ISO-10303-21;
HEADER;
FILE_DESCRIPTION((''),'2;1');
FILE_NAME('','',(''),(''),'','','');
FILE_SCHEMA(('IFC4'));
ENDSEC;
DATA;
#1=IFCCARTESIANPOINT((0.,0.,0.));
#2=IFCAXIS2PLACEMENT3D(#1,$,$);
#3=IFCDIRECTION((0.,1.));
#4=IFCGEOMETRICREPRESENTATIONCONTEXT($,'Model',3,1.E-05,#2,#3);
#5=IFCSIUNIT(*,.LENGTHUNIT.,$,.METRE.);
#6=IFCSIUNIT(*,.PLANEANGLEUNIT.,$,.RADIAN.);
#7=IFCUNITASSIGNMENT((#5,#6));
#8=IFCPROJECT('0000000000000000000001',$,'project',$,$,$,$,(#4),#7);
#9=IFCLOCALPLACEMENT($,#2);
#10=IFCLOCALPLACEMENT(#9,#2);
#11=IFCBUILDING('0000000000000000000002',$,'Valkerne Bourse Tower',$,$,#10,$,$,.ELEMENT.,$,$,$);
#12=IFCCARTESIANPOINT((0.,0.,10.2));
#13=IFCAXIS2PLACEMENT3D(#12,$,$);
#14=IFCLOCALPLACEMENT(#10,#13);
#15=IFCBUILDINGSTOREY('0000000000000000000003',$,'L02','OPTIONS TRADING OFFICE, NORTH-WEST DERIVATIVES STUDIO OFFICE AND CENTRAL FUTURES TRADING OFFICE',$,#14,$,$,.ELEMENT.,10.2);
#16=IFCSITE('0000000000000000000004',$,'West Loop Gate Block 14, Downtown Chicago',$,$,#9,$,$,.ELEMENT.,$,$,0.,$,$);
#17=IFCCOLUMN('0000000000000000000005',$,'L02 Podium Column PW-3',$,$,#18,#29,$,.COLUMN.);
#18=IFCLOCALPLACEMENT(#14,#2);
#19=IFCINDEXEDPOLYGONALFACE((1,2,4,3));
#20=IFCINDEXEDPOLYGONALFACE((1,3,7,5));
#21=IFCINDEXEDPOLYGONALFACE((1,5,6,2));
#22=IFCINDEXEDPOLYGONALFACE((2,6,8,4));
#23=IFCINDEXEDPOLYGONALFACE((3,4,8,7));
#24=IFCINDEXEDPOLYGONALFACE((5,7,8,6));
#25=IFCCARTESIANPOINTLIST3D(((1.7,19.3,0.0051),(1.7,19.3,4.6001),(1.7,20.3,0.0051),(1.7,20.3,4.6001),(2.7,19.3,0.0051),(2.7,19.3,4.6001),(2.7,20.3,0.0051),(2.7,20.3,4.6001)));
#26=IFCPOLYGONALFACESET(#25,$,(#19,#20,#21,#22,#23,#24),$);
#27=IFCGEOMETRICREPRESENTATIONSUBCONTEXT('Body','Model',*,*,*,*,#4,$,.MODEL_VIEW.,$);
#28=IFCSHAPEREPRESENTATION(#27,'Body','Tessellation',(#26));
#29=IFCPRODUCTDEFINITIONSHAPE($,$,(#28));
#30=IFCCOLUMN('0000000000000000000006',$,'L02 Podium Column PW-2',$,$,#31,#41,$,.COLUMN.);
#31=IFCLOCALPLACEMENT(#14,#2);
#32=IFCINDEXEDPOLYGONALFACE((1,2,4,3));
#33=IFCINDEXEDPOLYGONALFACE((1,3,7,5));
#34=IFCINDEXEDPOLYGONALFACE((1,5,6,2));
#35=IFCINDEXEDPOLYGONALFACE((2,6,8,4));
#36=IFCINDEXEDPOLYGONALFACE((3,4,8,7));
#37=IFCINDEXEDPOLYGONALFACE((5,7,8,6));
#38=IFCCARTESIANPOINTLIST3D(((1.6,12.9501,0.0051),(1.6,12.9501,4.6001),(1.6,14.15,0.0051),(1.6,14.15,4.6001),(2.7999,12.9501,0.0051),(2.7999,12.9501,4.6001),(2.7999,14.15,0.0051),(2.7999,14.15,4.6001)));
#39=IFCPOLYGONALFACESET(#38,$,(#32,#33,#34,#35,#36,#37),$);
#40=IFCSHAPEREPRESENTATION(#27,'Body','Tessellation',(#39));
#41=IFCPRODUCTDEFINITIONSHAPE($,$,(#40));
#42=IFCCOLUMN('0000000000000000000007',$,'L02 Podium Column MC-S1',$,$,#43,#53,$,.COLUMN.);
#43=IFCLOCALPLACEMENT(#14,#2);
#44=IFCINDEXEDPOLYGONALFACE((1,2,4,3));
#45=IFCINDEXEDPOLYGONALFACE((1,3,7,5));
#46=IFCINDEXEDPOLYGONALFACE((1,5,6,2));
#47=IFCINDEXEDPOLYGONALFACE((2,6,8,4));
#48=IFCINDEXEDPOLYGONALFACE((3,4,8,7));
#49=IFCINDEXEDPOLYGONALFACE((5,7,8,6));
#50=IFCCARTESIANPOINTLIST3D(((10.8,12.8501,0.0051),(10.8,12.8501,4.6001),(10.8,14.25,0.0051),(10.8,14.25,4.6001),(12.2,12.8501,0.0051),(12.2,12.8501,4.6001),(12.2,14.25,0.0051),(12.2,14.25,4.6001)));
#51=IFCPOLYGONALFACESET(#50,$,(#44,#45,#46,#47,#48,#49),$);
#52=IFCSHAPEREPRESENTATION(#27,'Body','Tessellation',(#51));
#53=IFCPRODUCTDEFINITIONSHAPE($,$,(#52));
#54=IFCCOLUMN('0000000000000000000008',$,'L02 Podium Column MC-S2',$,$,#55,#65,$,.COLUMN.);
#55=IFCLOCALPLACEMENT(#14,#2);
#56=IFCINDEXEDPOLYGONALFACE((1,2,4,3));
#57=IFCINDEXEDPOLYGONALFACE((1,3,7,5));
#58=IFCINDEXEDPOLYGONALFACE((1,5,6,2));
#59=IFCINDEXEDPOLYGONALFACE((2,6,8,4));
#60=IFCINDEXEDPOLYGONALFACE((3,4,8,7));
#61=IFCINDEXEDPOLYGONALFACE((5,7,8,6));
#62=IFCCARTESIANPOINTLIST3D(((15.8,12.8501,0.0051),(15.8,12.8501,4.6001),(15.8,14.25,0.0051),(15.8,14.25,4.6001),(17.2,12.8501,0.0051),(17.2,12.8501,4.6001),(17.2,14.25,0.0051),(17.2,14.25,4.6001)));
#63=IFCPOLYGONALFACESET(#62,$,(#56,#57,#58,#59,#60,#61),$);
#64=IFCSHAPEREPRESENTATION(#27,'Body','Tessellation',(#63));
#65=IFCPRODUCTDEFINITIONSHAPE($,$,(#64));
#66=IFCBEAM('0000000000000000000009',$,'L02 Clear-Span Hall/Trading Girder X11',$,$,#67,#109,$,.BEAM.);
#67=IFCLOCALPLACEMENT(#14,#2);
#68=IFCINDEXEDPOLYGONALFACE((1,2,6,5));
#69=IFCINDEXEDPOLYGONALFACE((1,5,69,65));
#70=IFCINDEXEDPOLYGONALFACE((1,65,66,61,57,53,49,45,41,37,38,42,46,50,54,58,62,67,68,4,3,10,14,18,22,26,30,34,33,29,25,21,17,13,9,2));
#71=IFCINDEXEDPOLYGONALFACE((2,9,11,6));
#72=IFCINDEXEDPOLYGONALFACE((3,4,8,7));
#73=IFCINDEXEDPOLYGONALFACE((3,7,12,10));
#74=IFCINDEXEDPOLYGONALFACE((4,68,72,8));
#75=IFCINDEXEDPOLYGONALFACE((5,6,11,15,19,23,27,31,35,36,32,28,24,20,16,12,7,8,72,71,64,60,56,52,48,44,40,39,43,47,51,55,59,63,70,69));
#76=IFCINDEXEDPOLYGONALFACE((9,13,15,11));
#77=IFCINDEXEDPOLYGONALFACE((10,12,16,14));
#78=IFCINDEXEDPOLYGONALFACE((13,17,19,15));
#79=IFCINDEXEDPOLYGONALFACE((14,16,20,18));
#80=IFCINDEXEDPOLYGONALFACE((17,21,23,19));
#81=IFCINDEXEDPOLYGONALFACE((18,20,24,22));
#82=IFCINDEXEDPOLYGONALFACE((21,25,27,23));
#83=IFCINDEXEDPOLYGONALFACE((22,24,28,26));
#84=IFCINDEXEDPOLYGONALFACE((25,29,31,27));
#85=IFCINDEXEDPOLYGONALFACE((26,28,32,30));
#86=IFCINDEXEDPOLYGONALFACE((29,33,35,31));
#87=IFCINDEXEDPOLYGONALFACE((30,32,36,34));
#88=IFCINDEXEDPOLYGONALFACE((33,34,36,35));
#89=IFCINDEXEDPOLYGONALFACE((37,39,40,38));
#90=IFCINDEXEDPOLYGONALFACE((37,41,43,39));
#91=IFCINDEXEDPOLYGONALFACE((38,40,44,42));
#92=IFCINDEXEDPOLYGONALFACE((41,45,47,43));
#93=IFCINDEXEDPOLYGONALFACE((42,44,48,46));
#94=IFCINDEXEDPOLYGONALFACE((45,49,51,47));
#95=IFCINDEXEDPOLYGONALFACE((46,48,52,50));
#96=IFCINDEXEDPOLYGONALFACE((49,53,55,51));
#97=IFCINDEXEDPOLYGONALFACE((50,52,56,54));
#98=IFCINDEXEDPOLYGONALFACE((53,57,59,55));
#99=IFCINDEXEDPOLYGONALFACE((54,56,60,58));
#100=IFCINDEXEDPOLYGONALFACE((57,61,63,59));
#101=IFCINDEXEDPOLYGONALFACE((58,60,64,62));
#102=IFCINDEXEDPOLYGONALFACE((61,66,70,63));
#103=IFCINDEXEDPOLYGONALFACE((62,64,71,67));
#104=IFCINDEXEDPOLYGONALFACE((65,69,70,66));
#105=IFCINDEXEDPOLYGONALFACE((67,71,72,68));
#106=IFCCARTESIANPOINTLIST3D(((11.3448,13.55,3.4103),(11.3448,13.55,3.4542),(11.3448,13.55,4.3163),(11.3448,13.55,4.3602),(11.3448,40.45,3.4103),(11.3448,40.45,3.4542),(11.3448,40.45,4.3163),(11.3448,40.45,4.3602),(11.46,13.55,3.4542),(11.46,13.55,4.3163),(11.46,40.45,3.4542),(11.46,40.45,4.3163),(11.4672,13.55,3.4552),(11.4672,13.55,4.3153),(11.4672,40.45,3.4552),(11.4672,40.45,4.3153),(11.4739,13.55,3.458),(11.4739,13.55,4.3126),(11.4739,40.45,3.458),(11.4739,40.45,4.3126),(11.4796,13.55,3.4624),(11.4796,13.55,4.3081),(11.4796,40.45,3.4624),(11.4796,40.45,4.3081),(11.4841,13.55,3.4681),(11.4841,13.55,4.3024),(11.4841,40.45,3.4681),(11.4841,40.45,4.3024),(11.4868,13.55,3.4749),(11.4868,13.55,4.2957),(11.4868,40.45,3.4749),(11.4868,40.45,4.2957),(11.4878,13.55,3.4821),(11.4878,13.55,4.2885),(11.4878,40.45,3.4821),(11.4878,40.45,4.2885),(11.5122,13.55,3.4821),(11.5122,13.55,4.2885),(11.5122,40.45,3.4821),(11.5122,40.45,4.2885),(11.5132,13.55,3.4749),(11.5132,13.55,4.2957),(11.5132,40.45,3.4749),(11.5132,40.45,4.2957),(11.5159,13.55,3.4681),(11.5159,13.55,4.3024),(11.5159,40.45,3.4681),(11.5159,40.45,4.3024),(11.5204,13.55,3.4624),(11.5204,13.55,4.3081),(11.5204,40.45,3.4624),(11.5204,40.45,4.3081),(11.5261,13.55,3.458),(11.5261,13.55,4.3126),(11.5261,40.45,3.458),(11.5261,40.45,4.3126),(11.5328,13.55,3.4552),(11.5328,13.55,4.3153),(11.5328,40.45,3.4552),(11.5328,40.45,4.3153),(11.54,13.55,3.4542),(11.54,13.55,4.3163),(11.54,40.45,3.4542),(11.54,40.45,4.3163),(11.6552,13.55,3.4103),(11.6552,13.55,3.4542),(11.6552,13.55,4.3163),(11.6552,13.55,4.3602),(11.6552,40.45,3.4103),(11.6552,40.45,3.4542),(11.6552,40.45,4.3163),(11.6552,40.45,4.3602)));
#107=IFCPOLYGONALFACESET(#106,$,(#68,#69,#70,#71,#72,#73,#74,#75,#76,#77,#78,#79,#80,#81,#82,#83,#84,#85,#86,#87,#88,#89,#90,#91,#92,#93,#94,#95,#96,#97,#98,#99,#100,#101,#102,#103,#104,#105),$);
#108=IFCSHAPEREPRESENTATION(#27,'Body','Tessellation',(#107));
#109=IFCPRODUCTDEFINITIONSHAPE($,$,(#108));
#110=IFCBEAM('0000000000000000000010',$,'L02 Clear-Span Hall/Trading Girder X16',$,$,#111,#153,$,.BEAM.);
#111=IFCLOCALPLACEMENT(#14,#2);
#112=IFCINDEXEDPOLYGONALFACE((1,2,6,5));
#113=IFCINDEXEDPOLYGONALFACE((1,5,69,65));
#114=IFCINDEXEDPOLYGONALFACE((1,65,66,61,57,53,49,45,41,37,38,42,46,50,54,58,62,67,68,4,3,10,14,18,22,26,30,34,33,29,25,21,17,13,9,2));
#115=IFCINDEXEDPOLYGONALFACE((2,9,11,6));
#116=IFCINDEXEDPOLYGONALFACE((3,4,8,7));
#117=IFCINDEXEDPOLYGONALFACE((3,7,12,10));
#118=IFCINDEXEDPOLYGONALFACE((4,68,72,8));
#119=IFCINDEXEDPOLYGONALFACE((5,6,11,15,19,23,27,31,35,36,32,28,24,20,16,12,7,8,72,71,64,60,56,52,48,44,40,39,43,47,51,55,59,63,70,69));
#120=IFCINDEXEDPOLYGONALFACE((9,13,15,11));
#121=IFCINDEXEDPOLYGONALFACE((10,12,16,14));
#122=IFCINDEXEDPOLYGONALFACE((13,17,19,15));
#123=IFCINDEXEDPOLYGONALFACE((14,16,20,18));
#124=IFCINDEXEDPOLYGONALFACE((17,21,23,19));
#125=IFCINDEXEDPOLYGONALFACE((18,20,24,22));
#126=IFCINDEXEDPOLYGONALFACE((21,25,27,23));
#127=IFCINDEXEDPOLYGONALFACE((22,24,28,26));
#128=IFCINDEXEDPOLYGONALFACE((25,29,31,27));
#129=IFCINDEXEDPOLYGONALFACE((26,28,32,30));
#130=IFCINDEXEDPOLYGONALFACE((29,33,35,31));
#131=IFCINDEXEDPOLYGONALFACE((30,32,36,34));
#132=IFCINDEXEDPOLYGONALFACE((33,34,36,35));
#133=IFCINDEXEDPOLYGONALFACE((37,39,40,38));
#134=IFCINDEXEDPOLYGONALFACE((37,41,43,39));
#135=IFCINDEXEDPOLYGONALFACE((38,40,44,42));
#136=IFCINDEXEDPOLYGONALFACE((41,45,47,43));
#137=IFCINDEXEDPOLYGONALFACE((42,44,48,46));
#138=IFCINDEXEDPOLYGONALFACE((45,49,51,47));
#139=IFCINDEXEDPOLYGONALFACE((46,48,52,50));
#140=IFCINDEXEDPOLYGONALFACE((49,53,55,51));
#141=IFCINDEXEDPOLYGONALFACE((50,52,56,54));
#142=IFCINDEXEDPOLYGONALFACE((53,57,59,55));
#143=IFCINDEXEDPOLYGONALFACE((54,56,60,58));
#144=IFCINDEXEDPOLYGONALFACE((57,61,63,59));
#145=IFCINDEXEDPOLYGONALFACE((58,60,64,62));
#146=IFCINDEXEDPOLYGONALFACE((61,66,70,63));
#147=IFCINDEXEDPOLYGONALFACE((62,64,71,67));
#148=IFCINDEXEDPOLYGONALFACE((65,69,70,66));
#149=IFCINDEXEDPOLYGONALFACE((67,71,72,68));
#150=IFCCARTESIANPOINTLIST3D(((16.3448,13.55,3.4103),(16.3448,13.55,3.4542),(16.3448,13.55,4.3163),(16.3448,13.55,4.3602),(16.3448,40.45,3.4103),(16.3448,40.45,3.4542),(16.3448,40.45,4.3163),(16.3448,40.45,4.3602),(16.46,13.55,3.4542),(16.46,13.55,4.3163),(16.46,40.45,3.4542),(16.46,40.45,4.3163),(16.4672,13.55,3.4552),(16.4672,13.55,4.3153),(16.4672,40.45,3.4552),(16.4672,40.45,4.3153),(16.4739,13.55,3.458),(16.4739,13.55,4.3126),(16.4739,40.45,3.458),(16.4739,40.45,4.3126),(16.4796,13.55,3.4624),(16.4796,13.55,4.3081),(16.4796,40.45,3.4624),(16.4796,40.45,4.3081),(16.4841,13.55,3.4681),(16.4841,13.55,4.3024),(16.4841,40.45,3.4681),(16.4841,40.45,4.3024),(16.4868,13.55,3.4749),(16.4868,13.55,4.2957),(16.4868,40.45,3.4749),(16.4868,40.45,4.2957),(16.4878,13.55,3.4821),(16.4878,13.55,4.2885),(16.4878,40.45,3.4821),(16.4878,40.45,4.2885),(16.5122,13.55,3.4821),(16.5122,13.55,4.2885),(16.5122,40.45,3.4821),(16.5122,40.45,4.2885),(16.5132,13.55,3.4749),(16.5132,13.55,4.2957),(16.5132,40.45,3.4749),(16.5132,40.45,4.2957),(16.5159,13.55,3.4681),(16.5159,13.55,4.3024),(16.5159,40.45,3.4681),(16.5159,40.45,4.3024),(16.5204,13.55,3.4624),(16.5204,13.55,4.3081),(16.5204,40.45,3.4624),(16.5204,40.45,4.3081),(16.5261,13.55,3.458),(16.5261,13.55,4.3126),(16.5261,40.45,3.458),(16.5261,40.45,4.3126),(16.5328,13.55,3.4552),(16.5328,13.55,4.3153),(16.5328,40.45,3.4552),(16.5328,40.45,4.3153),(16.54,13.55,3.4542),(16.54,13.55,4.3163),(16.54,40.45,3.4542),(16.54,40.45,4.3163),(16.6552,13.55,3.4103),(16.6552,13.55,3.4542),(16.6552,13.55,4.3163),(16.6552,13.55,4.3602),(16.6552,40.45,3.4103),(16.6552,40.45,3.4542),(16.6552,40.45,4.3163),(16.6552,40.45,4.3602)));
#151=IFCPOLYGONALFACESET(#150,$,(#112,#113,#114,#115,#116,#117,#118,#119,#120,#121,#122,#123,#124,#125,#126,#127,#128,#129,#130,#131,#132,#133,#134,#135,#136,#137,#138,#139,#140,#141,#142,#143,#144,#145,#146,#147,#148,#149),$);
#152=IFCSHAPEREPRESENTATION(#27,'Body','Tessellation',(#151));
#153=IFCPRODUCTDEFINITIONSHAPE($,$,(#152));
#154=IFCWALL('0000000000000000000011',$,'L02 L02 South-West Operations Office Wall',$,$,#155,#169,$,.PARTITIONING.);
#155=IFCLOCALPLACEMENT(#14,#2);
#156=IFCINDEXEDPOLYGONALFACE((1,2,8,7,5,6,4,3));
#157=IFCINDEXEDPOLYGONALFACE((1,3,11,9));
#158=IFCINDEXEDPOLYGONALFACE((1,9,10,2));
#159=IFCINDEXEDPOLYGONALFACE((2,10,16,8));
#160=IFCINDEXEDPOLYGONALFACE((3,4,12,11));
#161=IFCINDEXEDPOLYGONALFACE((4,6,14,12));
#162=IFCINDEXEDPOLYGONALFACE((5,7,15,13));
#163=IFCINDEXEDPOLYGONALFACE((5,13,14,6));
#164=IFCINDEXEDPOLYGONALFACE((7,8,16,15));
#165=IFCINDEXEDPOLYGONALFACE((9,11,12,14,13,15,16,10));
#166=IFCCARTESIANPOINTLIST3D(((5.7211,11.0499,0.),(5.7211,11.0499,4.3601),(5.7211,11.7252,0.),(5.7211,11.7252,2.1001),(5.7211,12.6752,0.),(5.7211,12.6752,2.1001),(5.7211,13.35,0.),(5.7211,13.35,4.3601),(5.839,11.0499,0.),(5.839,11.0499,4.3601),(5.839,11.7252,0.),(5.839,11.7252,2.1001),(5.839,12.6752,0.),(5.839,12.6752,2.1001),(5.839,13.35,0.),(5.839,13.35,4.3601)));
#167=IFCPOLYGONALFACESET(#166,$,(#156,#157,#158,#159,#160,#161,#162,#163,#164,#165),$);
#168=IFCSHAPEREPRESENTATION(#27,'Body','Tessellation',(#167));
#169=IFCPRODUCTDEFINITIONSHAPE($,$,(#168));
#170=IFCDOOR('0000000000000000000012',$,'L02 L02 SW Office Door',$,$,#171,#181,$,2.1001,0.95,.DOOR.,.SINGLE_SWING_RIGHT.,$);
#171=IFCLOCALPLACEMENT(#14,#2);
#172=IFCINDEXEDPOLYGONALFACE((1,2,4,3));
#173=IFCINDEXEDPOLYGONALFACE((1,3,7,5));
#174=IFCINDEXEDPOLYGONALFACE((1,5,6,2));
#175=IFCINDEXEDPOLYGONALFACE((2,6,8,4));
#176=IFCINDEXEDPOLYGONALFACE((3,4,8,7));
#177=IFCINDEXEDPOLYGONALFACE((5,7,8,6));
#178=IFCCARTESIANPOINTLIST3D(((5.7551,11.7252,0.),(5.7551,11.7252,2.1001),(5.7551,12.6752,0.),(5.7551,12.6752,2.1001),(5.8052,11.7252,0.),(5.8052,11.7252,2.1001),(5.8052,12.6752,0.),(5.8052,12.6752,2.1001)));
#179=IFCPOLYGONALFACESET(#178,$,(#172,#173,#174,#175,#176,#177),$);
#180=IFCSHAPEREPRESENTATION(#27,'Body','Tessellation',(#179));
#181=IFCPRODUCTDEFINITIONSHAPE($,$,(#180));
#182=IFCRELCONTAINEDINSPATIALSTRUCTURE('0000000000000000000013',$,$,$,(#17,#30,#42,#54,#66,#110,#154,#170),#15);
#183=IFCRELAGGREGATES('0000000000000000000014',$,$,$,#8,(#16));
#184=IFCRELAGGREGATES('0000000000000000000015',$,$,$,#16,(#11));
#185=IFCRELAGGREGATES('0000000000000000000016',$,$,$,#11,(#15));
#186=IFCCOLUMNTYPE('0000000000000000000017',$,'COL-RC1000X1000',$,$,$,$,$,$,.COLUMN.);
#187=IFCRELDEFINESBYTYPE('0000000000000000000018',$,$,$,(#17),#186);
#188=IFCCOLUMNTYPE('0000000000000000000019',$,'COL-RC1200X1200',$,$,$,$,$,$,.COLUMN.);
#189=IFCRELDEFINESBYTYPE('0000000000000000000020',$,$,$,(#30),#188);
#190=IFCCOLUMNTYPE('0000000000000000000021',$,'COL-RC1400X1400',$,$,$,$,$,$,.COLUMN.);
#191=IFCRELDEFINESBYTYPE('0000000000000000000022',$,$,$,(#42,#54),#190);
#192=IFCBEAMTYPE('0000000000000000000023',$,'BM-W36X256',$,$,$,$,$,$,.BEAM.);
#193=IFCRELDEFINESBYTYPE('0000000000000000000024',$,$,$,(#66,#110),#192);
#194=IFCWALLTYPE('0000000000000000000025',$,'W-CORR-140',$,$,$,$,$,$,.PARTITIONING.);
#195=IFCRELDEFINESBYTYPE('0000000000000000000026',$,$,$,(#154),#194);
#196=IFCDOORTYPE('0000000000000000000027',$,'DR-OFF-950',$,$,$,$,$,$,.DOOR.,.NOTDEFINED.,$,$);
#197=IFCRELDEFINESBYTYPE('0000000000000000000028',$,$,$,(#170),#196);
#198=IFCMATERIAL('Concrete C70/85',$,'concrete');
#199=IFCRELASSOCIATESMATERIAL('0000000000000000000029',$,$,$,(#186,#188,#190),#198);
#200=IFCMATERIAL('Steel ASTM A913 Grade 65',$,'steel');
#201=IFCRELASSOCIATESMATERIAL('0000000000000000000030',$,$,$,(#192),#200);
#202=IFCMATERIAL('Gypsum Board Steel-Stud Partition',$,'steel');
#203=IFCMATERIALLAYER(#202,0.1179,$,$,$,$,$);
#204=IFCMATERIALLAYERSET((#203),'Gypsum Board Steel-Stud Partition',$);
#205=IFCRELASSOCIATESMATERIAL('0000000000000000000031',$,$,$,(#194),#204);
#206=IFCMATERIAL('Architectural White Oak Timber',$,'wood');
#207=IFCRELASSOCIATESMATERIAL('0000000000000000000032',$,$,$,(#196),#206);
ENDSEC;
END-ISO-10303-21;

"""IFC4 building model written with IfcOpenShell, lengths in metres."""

from ifc_helpers import new_model, si_unit, direction, frame, frame_2d, origin, origin_2d, place, context, subcontext, project, spatial, rectangle, i_section, extrude, material, layer, layer_set, material_profile, profile_set, type_object, element, fill, save


model = new_model("IFC4")

# Units and contexts
model_context = context("Model", 3, precision=1e-05, world=origin(), true_north=direction((0.0, 1.0)))
body_context = subcontext(model_context, "Body", "Model", "MODEL_VIEW")
ifc_project = project(units=[si_unit("LENGTHUNIT", "METRE"), si_unit("PLANEANGLEUNIT", "RADIAN")], contexts=[model_context])

# Site, building, storey
site_placement = place(None, origin())
site = spatial("IfcSite", under=ifc_project, at=site_placement, Name="West Loop Gate Block 14, Downtown Chicago", CompositionType="ELEMENT", RefElevation=0.0)
building_placement = place(site_placement, origin())
building = spatial("IfcBuilding", under=site, at=building_placement, Name="Valkerne Bourse Tower", CompositionType="ELEMENT")
storey_placement = place(building_placement, frame((0.0, 0.0, 10.2)))
storey = spatial("IfcBuildingStorey", under=building, at=storey_placement, Name="L02", Description="OPTIONS TRADING OFFICE, NORTH-WEST DERIVATIVES STUDIO OFFICE AND CENTRAL FUTURES TRADING OFFICE", CompositionType="ELEMENT", Elevation=10.2)

# Columns
ifc_material_1 = material(Name="Concrete C70/85", Category="concrete")
ifc_material_profile_1 = material_profile(ifc_material_1, rectangle(XDim=1.0, YDim=1.0, at=origin_2d()), Name="RC1000X1000")
ifc_profile_set_1 = profile_set([ifc_material_profile_1], Name="Concrete C70/85")
column_type_1 = type_object("IfcColumnType", Name="COL-RC1000X1000", PredefinedType="COLUMN", material=ifc_profile_set_1)
column_1_placement = place(storey_placement, frame((2.2, 19.8, 0.0051), z_axis=(0.0, 0.0, 1.0), x_axis=(1.0, 0.0, 0.0)))
element("IfcColumn", 1, at=column_1_placement, inside=storey, type_object=column_type_1, Name="L02 Podium Column PW-3", PredefinedType="COLUMN", context=body_context, shape_type="SweptSolid", body=[
    extrude(rectangle(XDim=1.0, YDim=1.0, at=origin_2d()), origin(), (0.0, 0.0, 1.0), 4.595),
])
ifc_material_profile_2 = material_profile(ifc_material_1, rectangle(XDim=1.2, YDim=1.2, at=origin_2d()), Name="RC1200X1200")
ifc_profile_set_2 = profile_set([ifc_material_profile_2], Name="Concrete C70/85")
column_type_2 = type_object("IfcColumnType", Name="COL-RC1200X1200", PredefinedType="COLUMN", material=ifc_profile_set_2)
column_2_placement = place(storey_placement, frame((2.2, 13.55, 0.0051), z_axis=(0.0, 0.0, 1.0), x_axis=(1.0, 0.0, 0.0)))
element("IfcColumn", 2, at=column_2_placement, inside=storey, type_object=column_type_2, Name="L02 Podium Column PW-2", PredefinedType="COLUMN", context=body_context, shape_type="SweptSolid", body=[
    extrude(rectangle(XDim=1.2, YDim=1.2, at=origin_2d()), origin(), (0.0, 0.0, 1.0), 4.595),
])
ifc_material_profile_3 = material_profile(ifc_material_1, rectangle(XDim=1.3999, YDim=1.3999, at=origin_2d()), Name="RC1400X1400")
ifc_profile_set_3 = profile_set([ifc_material_profile_3], Name="Concrete C70/85")
column_type_3 = type_object("IfcColumnType", Name="COL-RC1400X1400", PredefinedType="COLUMN", material=ifc_profile_set_3)
for number, where, z_axis, x_axis, name in (
    (3, (11.5, 13.55, 0.0051), (0.0, 0.0, 1.0), (1.0, 0.0, 0.0), "L02 Podium Column MC-S1"),
    (4, (16.5, 13.55, 0.0051), (0.0, 0.0, 1.0), (1.0, 0.0, 0.0), "L02 Podium Column MC-S2"),
):
    element("IfcColumn", number, at=place(storey_placement, frame(where, z_axis=z_axis, x_axis=x_axis)), inside=storey, type_object=column_type_3, Name=name, PredefinedType="COLUMN", context=body_context, shape_type="SweptSolid", body=[
        extrude(rectangle(XDim=1.3999, YDim=1.3999, at=origin_2d()), origin(), (0.0, 0.0, 1.0), 4.595),
    ])

# Beams
ifc_material_2 = material(Name="Steel ASTM A913 Grade 65", Category="steel")
ifc_material_profile_4 = material_profile(ifc_material_2, i_section(OverallWidth=0.3103, OverallDepth=0.95, WebThickness=0.0244, FlangeThickness=0.0439, FilletRadius=0.0278, at=origin_2d()), Name="W36X256")
ifc_profile_set_4 = profile_set([ifc_material_profile_4], Name="Steel ASTM A913 Grade 65")
beam_type = type_object("IfcBeamType", Name="BM-W36X256", PredefinedType="BEAM", material=ifc_profile_set_4)
for number, where, z_axis, x_axis, name in (
    (5, (11.5, 13.55, 3.8853), (0.0, 1.0, 0.0), (-1.0, 0.0, 0.0), "L02 Clear-Span Hall/Trading Girder X11"),
    (6, (16.5, 13.55, 3.8853), (0.0, 1.0, 0.0), (-1.0, 0.0, 0.0), "L02 Clear-Span Hall/Trading Girder X16"),
):
    element("IfcBeam", number, at=place(storey_placement, frame(where, z_axis=z_axis, x_axis=x_axis)), inside=storey, type_object=beam_type, Name=name, PredefinedType="BEAM", context=body_context, shape_type="SweptSolid", body=[
        extrude(i_section(OverallWidth=0.3103, OverallDepth=0.95, WebThickness=0.0244, FlangeThickness=0.0439, FilletRadius=0.0278, at=origin_2d()), origin(), (0.0, 0.0, 1.0), 26.8999),
    ])

# Wall, opening, door
ifc_material_3 = material(Name="Gypsum Board Steel-Stud Partition", Category="steel")
ifc_layer_1 = layer(ifc_material_3, 0.1179)
ifc_layer_set_1 = layer_set([ifc_layer_1], Name="Gypsum Board Steel-Stud Partition")
wall_type_1 = type_object("IfcWallType", Name="W-CORR-140", PredefinedType="PARTITIONING", material=ifc_layer_set_1)
wall_1_placement = place(storey_placement, frame((5.78, 11.05, 0.0), z_axis=(0.0, 0.0, 1.0), x_axis=(0.0, 1.0, 0.0)))
wall_1 = element("IfcWall", 7, at=wall_1_placement, inside=storey, type_object=wall_type_1, Name="L02 L02 South-West Operations Office Wall", PredefinedType="PARTITIONING", context=body_context, shape_type="SweptSolid", body=[
    extrude(rectangle(XDim=2.3, YDim=0.1179, at=frame_2d((1.1499, 0.0))), origin(), (0.0, 0.0, 1.0), 4.3601),
])
opening_1_placement = place(wall_1_placement, frame((0.675, 0.0, 0.0)))
opening_1 = element("IfcOpeningElement", 8, at=opening_1_placement, cuts=wall_1, PredefinedType="OPENING", context=body_context, shape_type="SweptSolid", body=[
    extrude(rectangle(XDim=0.95, YDim=2.1001, at=frame_2d((0.4751, 1.05))), frame((0.0, 0.0688, 0.0), z_axis=(0.0, -1.0, 0.0), x_axis=(1.0, 0.0, 0.0)), (0.0, 0.0, 1.0), 0.1379),
])
ifc_material_4 = material(Name="Architectural White Oak Timber", Category="wood")
door_type_1 = type_object("IfcDoorType", Name="DR-OFF-950", OperationType="NOTDEFINED", PredefinedType="DOOR", material=ifc_material_4)
door_1_placement = place(opening_1_placement, origin())
door_1 = element("IfcDoor", 9, at=door_1_placement, inside=storey, type_object=door_type_1, Name="L02 L02 SW Office Door", OperationType="SINGLE_SWING_RIGHT", OverallHeight=2.1001, OverallWidth=0.95, PredefinedType="DOOR", context=body_context, shape_type="SweptSolid", body=[
    extrude(rectangle(XDim=0.95, YDim=2.1001, at=frame_2d((0.4751, 1.05))), frame((0.0, 0.0249, 0.0), z_axis=(0.0, -1.0, 0.0), x_axis=(1.0, 0.0, 0.0)), (0.0, 0.0, 1.0), 0.05),
])
fill(opening_1, door_1)

save(model, "model.ifc")
